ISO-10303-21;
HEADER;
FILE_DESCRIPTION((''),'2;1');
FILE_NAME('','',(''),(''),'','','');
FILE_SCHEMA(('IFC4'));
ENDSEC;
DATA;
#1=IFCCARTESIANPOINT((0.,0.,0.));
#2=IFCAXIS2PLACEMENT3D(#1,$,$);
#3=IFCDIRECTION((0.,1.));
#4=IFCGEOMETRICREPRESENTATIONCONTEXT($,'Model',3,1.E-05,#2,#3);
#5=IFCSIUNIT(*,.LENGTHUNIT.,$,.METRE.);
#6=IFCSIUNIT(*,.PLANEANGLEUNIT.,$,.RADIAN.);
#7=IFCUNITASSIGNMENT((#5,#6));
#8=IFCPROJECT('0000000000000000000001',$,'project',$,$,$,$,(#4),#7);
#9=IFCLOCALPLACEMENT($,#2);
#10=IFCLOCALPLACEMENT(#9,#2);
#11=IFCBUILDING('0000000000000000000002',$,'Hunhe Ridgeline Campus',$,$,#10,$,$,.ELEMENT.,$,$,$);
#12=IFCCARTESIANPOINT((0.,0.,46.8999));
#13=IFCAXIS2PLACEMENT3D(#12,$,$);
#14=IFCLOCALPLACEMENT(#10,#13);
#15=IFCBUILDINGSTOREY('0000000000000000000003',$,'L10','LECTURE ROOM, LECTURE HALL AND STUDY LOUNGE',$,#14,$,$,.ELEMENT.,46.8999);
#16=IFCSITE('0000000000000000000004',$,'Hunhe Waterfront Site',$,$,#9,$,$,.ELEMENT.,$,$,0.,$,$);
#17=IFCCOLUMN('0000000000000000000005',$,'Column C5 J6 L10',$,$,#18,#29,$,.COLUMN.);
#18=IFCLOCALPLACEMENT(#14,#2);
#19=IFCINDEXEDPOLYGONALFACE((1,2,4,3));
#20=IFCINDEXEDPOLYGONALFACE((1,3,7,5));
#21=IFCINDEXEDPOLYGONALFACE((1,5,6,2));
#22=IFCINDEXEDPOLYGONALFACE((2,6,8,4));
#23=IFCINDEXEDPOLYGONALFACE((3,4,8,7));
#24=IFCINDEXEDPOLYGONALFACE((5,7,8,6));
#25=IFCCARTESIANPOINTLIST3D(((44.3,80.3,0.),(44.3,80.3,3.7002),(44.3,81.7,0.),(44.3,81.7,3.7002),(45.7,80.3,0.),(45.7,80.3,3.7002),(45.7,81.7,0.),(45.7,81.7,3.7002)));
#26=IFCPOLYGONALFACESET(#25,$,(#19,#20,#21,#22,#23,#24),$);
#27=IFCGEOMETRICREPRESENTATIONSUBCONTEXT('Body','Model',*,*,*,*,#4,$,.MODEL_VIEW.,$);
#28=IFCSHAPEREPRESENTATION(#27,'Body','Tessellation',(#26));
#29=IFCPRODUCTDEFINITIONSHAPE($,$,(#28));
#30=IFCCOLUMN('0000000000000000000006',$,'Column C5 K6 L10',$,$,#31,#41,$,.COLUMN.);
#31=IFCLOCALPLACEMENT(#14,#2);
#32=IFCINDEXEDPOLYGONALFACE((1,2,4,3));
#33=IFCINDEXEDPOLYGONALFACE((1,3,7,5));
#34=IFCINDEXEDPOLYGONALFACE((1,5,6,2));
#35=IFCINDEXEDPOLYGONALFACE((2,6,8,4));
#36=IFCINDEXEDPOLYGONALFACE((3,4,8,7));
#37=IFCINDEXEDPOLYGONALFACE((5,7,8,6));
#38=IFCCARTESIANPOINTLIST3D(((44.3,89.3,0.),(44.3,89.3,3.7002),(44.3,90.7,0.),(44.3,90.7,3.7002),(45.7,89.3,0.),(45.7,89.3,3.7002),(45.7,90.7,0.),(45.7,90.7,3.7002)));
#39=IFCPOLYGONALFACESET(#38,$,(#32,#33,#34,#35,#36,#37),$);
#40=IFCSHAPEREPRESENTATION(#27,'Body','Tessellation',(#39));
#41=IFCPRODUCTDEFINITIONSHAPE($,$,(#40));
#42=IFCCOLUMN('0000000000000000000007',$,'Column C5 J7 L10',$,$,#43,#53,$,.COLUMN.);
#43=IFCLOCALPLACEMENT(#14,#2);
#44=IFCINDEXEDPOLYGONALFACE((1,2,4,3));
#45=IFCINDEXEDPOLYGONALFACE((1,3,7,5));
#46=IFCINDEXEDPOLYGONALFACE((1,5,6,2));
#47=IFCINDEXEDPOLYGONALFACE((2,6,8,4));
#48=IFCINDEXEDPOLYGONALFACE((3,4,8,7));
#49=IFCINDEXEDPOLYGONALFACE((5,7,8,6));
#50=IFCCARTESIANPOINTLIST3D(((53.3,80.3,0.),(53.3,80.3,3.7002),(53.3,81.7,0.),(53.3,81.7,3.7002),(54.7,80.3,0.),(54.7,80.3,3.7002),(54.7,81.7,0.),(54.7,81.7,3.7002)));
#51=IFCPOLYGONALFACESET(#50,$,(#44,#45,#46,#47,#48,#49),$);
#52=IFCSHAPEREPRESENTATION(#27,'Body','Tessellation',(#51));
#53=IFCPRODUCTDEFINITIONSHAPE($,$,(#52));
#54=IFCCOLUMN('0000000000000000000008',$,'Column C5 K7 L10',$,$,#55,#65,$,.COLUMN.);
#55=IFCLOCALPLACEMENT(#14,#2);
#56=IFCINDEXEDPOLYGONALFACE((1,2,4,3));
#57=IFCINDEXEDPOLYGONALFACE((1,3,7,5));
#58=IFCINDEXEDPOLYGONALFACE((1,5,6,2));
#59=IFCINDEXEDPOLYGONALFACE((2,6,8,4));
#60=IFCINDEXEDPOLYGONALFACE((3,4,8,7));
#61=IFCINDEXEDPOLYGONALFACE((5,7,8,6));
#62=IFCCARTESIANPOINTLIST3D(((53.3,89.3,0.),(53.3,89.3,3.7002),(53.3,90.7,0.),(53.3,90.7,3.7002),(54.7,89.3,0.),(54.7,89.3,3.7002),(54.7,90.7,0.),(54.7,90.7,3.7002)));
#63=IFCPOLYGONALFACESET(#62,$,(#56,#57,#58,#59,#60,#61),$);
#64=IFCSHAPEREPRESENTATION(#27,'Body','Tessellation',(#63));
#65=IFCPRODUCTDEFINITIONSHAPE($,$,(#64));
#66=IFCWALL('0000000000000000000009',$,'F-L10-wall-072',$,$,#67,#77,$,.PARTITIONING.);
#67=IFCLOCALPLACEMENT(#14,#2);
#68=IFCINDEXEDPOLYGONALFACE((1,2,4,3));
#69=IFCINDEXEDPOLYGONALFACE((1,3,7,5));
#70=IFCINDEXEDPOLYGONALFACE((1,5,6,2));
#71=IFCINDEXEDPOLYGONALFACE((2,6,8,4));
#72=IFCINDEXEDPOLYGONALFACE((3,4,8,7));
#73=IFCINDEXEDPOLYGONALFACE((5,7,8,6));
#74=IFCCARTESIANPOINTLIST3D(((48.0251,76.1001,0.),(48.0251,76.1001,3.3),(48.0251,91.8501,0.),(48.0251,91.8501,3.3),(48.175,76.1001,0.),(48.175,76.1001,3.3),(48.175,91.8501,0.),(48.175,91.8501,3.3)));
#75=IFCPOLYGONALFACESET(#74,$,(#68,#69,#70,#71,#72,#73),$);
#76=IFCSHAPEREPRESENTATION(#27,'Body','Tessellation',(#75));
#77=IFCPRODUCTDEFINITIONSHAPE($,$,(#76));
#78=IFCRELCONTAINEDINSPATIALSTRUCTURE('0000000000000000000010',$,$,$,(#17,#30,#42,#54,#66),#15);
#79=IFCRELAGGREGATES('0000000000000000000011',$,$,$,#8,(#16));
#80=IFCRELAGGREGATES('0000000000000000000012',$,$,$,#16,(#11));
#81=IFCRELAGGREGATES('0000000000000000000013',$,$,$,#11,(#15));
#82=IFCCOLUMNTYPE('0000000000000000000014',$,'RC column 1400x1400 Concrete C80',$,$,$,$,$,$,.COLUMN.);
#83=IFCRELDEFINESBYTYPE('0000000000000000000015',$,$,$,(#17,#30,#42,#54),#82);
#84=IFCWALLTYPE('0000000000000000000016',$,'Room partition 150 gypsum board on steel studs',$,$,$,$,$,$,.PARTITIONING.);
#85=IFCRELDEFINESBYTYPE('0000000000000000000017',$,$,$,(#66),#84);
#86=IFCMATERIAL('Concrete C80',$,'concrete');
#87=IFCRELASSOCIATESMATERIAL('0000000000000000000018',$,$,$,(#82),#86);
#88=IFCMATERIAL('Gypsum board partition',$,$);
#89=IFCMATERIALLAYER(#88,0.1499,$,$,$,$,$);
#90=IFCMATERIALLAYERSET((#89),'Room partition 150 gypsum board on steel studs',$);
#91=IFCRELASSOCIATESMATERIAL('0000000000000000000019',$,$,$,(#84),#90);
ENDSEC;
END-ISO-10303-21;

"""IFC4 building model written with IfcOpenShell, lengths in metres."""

from ifc_helpers import new_model, si_unit, direction, frame, frame_2d, origin, origin_2d, place, context, subcontext, project, spatial, rectangle, extrude, material, layer, layer_set, material_profile, profile_set, type_object, element, save


model = new_model("IFC4")

# Units and contexts
model_context = context("Model", 3, precision=1e-05, world=origin(), true_north=direction((0.0, 1.0)))
body_context = subcontext(model_context, "Body", "Model", "MODEL_VIEW")
ifc_project = project(units=[si_unit("LENGTHUNIT", "METRE"), si_unit("PLANEANGLEUNIT", "RADIAN")], contexts=[model_context])

# Site, building, storey
site_placement = place(None, origin())
site = spatial("IfcSite", under=ifc_project, at=site_placement, Name="Hunhe Waterfront Site", CompositionType="ELEMENT", RefElevation=0.0)
building_placement = place(site_placement, origin())
building = spatial("IfcBuilding", under=site, at=building_placement, Name="Hunhe Ridgeline Campus", CompositionType="ELEMENT")
storey_placement = place(building_placement, frame((0.0, 0.0, 46.8999)))
storey = spatial("IfcBuildingStorey", under=building, at=storey_placement, Name="L10", Description="LECTURE ROOM, LECTURE HALL AND STUDY LOUNGE", CompositionType="ELEMENT", Elevation=46.8999)

# Columns
ifc_material_1 = material(Name="Concrete C80", Category="concrete")
ifc_material_profile = material_profile(ifc_material_1, rectangle(XDim=1.3999, YDim=1.3999, at=origin_2d()))
ifc_profile_set = profile_set([ifc_material_profile], Name="Concrete C80")
column_type = type_object("IfcColumnType", Name="RC column 1400x1400 Concrete C80", PredefinedType="COLUMN", material=ifc_profile_set)
for number, where, z_axis, x_axis, name in (
    (1, (45.0, 81.0, 0.0), (0.0, 0.0, 1.0), (1.0, 0.0, 0.0), "Column C5 J6 L10"),
    (2, (45.0, 90.0, 0.0), (0.0, 0.0, 1.0), (1.0, 0.0, 0.0), "Column C5 K6 L10"),
    (3, (54.0, 81.0, 0.0), (0.0, 0.0, 1.0), (1.0, 0.0, 0.0), "Column C5 J7 L10"),
    (4, (54.0, 90.0, 0.0), (0.0, 0.0, 1.0), (1.0, 0.0, 0.0), "Column C5 K7 L10"),
):
    element("IfcColumn", number, at=place(storey_placement, frame(where, z_axis=z_axis, x_axis=x_axis)), inside=storey, type_object=column_type, Name=name, PredefinedType="COLUMN", context=body_context, shape_type="SweptSolid", body=[
        extrude(rectangle(XDim=1.3999, YDim=1.3999, at=origin_2d()), origin(), (0.0, 0.0, 1.0), 3.7002),
    ])

# Shared definitions
ifc_material_2 = material(Name="Gypsum board partition")

# Wall
ifc_layer_1 = layer(ifc_material_2, 0.1499)
ifc_layer_set_1 = layer_set([ifc_layer_1], Name="Room partition 150 gypsum board on steel studs")
wall_type_1 = type_object("IfcWallType", Name="Room partition 150 gypsum board on steel studs", PredefinedType="PARTITIONING", material=ifc_layer_set_1)
wall_1_placement = place(storey_placement, frame((48.1001, 91.8501, 0.0), z_axis=(0.0, 0.0, 1.0), x_axis=(0.0, -1.0, 0.0)))
element("IfcWall", 5, at=wall_1_placement, inside=storey, type_object=wall_type_1, Name="F-L10-wall-072", PredefinedType="PARTITIONING", context=body_context, shape_type="SweptSolid", body=[
    extrude(rectangle(XDim=15.75, YDim=0.1499, at=frame_2d((7.875, 0.0))), origin(), (0.0, 0.0, 1.0), 3.3),
])

save(model, "model.ifc")
